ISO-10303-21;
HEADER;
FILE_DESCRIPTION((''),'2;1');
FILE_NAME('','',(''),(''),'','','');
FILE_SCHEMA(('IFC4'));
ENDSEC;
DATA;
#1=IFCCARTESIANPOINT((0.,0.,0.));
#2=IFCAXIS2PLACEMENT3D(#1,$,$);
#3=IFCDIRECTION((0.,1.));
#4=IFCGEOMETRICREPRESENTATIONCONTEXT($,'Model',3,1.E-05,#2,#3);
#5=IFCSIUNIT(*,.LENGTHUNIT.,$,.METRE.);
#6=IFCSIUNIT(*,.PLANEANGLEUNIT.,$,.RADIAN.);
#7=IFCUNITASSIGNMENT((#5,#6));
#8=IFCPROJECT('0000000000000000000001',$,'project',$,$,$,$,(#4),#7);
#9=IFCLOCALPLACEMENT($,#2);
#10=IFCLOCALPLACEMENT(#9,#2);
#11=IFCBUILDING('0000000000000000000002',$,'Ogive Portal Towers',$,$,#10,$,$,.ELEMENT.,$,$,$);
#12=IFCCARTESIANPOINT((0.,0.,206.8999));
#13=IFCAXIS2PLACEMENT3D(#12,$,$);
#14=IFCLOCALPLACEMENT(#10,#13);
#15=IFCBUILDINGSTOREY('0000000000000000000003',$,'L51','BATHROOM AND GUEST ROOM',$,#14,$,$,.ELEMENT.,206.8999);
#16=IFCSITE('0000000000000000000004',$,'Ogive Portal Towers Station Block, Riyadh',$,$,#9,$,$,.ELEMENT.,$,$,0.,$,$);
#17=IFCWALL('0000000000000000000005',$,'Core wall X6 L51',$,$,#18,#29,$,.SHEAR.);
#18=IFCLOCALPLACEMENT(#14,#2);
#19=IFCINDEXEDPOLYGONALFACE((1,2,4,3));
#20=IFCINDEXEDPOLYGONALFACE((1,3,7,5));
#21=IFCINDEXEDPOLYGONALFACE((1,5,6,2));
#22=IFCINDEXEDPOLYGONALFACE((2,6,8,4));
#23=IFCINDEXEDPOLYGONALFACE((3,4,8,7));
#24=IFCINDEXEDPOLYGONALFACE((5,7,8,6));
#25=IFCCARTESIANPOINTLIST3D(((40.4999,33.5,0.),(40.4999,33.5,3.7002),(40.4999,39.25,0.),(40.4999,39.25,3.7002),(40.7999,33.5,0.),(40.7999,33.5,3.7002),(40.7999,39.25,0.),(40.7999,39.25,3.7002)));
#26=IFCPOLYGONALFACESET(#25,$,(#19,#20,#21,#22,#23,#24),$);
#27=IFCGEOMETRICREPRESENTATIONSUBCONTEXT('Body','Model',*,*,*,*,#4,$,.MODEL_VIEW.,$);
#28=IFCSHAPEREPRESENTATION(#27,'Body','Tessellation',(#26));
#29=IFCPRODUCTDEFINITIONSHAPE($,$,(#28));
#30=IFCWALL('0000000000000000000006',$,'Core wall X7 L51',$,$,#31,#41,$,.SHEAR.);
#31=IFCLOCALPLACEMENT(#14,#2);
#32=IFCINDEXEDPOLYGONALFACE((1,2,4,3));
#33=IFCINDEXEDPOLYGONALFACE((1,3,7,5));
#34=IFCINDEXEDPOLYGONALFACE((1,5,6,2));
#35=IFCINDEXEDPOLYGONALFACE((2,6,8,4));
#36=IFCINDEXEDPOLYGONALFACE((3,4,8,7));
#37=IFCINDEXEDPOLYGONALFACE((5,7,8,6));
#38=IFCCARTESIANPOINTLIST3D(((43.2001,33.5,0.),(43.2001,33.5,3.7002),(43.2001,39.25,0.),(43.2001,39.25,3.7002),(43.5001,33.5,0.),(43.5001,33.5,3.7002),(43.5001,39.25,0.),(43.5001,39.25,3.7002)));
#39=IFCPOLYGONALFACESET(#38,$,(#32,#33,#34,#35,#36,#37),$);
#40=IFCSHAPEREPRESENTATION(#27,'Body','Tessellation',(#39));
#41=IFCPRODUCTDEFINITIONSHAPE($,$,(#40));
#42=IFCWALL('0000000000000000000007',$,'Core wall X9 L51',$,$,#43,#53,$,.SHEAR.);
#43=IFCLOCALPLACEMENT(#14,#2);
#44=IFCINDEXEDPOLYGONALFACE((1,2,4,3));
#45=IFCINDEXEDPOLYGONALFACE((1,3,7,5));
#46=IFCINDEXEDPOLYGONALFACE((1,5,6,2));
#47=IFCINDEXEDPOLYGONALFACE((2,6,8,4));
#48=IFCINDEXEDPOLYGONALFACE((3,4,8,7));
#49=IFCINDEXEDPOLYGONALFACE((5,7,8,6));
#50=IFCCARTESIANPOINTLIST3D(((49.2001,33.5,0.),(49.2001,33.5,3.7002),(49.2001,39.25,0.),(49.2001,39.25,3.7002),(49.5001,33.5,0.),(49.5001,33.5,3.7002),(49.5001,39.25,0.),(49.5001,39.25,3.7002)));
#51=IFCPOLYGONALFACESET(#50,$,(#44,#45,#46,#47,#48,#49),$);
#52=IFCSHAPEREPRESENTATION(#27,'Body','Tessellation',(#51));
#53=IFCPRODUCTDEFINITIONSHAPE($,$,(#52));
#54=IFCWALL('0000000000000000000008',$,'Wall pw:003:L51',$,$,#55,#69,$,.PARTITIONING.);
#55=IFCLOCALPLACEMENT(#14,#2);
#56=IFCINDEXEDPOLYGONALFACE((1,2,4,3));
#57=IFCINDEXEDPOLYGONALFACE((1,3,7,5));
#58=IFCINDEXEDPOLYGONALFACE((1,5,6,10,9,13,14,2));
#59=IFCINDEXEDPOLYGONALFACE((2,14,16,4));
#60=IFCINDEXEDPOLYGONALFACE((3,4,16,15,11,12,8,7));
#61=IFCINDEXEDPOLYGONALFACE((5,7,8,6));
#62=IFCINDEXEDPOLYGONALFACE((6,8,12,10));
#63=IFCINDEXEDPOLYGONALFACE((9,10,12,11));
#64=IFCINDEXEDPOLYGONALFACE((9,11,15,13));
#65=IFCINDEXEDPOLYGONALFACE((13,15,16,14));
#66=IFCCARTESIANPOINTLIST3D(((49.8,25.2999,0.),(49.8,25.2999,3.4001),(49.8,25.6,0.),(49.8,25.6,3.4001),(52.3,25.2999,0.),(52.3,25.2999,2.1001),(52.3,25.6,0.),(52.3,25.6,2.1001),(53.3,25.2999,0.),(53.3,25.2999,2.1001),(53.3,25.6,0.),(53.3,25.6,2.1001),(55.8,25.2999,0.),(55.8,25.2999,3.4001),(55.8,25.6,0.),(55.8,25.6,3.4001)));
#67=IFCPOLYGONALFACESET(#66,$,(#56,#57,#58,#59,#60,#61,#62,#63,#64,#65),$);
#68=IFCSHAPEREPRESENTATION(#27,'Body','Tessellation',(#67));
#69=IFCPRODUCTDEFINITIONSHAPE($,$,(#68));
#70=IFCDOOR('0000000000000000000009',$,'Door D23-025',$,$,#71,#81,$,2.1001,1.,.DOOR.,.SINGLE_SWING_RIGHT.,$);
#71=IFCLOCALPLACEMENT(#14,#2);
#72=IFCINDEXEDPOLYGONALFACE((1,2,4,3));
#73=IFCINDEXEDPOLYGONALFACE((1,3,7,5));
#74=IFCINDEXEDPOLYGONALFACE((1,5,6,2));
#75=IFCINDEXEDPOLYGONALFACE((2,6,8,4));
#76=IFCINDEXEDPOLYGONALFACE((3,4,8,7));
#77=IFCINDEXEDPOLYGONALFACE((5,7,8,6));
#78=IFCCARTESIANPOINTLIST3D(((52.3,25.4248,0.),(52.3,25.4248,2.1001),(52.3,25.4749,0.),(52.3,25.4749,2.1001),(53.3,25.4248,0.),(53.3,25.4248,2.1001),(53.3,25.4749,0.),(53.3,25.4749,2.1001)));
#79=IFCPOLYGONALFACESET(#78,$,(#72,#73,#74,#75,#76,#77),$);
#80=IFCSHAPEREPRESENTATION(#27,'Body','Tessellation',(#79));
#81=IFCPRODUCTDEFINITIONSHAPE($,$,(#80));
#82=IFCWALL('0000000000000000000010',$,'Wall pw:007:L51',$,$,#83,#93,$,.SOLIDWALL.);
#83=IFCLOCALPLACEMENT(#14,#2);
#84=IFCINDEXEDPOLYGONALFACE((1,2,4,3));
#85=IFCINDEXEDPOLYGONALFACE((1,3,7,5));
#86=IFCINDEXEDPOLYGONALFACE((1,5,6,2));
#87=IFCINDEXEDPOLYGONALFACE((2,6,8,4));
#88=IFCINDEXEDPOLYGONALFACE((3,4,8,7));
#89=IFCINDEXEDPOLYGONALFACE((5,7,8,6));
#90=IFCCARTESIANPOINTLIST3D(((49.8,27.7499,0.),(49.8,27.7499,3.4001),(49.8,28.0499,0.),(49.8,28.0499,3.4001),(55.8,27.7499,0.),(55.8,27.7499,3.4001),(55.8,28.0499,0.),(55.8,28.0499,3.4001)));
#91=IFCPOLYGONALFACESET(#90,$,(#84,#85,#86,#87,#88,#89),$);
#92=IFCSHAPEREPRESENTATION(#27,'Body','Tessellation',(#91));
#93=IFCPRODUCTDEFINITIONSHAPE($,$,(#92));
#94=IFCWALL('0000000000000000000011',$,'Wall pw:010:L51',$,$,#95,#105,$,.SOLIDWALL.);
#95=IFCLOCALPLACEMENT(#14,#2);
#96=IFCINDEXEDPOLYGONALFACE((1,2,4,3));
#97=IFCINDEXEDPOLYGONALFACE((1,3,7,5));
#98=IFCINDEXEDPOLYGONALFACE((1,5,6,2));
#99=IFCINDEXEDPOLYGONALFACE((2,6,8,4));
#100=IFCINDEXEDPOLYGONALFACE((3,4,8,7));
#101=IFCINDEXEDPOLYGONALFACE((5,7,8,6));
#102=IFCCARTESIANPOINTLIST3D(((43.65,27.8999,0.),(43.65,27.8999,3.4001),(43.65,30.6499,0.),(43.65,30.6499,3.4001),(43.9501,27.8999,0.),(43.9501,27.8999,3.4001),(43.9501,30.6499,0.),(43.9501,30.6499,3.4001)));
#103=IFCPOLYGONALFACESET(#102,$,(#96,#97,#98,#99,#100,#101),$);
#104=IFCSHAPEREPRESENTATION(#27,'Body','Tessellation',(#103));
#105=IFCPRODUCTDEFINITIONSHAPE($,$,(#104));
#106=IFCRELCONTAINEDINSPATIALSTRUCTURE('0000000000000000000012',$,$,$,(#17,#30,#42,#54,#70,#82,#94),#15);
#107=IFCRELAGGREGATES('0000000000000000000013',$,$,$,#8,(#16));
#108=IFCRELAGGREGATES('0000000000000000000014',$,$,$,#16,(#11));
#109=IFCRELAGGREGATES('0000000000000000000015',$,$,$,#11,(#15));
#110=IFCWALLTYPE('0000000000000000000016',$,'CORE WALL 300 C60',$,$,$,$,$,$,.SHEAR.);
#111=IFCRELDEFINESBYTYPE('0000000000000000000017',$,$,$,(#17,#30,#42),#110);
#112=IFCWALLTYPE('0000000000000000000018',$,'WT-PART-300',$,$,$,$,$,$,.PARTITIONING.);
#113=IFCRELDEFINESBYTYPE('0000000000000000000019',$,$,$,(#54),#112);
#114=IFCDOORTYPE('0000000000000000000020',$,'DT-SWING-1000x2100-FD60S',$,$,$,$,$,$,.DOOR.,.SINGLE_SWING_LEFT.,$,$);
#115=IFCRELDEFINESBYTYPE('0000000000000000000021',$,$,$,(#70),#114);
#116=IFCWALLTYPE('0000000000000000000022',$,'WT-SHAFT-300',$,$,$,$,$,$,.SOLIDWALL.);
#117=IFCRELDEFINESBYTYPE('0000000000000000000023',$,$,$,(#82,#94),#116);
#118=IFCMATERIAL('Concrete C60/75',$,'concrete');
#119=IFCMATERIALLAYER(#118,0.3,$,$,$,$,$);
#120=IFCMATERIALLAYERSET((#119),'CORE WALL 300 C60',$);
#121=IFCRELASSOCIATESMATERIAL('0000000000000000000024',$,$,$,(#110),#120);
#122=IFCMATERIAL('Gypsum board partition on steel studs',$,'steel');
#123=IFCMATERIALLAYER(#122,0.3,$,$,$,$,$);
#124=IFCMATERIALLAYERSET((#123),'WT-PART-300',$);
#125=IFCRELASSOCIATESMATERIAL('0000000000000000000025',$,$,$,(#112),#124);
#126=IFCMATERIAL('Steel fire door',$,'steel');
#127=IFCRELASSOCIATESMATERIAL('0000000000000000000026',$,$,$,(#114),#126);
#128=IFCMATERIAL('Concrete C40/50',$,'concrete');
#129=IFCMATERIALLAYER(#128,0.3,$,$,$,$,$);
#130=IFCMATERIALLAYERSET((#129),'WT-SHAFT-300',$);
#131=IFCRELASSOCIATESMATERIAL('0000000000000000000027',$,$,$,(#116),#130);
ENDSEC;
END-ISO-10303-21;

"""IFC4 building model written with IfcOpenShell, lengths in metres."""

from ifc_helpers import new_model, si_unit, direction, frame, frame_2d, origin, place, context, subcontext, project, spatial, rectangle, extrude, material, layer, layer_set, type_object, element, fill, save


model = new_model("IFC4")

# Units and contexts
model_context = context("Model", 3, precision=1e-05, world=origin(), true_north=direction((0.0, 1.0)))
body_context = subcontext(model_context, "Body", "Model", "MODEL_VIEW")
ifc_project = project(units=[si_unit("LENGTHUNIT", "METRE"), si_unit("PLANEANGLEUNIT", "RADIAN")], contexts=[model_context])

# Site, building, storey
site_placement = place(None, origin())
site = spatial("IfcSite", under=ifc_project, at=site_placement, Name="Ogive Portal Towers Station Block, Riyadh", CompositionType="ELEMENT", RefElevation=0.0)
building_placement = place(site_placement, origin())
building = spatial("IfcBuilding", under=site, at=building_placement, Name="Ogive Portal Towers", CompositionType="ELEMENT")
storey_placement = place(building_placement, frame((0.0, 0.0, 206.8999)))
storey = spatial("IfcBuildingStorey", under=building, at=storey_placement, Name="L51", Description="BATHROOM AND GUEST ROOM", CompositionType="ELEMENT", Elevation=206.8999)

# Walls
ifc_material_1 = material(Name="Concrete C60/75", Category="concrete")
ifc_layer_1 = layer(ifc_material_1, 0.3)
ifc_layer_set_1 = layer_set([ifc_layer_1], Name="CORE WALL 300 C60")
wall_type_1 = type_object("IfcWallType", Name="CORE WALL 300 C60", PredefinedType="SHEAR", material=ifc_layer_set_1)
for number, where, z_axis, x_axis, name in (
    (1, (40.6499, 33.5, 0.0), (0.0, 0.0, 1.0), (0.0, 1.0, 0.0), "Core wall X6 L51"),
    (2, (43.3501, 33.5, 0.0), (0.0, 0.0, 1.0), (0.0, 1.0, 0.0), "Core wall X7 L51"),
    (3, (49.3501, 33.5, 0.0), (0.0, 0.0, 1.0), (0.0, 1.0, 0.0), "Core wall X9 L51"),
):
    element("IfcWall", number, at=place(storey_placement, frame(where, z_axis=z_axis, x_axis=x_axis)), inside=storey, type_object=wall_type_1, Name=name, PredefinedType="SHEAR", context=body_context, shape_type="SweptSolid", body=[
        extrude(rectangle(XDim=5.75, YDim=0.3, at=frame_2d((2.875, 0.0))), origin(), (0.0, 0.0, 1.0), 3.7002),
    ])

# Wall, opening, door
ifc_material_2 = material(Name="Gypsum board partition on steel studs", Category="steel")
ifc_layer_2 = layer(ifc_material_2, 0.3)
ifc_layer_set_2 = layer_set([ifc_layer_2], Name="WT-PART-300")
wall_type_2 = type_object("IfcWallType", Name="WT-PART-300", PredefinedType="PARTITIONING", material=ifc_layer_set_2)
wall_1_placement = place(storey_placement, frame((49.8, 25.45, 0.0), z_axis=(0.0, 0.0, 1.0), x_axis=(1.0, 0.0, 0.0)))
wall_1 = element("IfcWall", 4, at=wall_1_placement, inside=storey, type_object=wall_type_2, Name="Wall pw:003:L51", PredefinedType="PARTITIONING", context=body_context, shape_type="SweptSolid", body=[
    extrude(rectangle(XDim=6.0, YDim=0.3, at=frame_2d((3.0, 0.0))), origin(), (0.0, 0.0, 1.0), 3.4001),
])
opening_1_placement = place(wall_1_placement, frame((2.5, 0.0, 0.0)))
opening_1 = element("IfcOpeningElement", 5, at=opening_1_placement, cuts=wall_1, PredefinedType="OPENING", context=body_context, shape_type="SweptSolid", body=[
    extrude(rectangle(XDim=1.0, YDim=2.1001, at=frame_2d((0.5, 1.05))), frame((0.0, 0.1602, 0.0), z_axis=(0.0, -1.0, 0.0), x_axis=(1.0, 0.0, 0.0)), (0.0, 0.0, 1.0), 0.3201),
])
ifc_material_3 = material(Name="Steel fire door", Category="steel")
door_type_1 = type_object("IfcDoorType", Name="DT-SWING-1000x2100-FD60S", OperationType="SINGLE_SWING_LEFT", PredefinedType="DOOR", material=ifc_material_3)
door_1_placement = place(opening_1_placement, origin())
door_1 = element("IfcDoor", 6, at=door_1_placement, inside=storey, type_object=door_type_1, Name="Door D23-025", OperationType="SINGLE_SWING_RIGHT", OverallHeight=2.1001, OverallWidth=1.0, PredefinedType="DOOR", context=body_context, shape_type="SweptSolid", body=[
    extrude(rectangle(XDim=1.0, YDim=2.1001, at=frame_2d((0.5, 1.05))), frame((0.0, 0.0249, 0.0), z_axis=(0.0, -1.0, 0.0), x_axis=(1.0, 0.0, 0.0)), (0.0, 0.0, 1.0), 0.05),
])
fill(opening_1, door_1)

# Shared definitions
ifc_material_4 = material(Name="Concrete C40/50", Category="concrete")
ifc_layer_3 = layer(ifc_material_4, 0.3)
ifc_layer_set_3 = layer_set([ifc_layer_3], Name="WT-SHAFT-300")
wall_type_3 = type_object("IfcWallType", Name="WT-SHAFT-300", PredefinedType="SOLIDWALL", material=ifc_layer_set_3)

# Walls
wall_2_placement = place(storey_placement, frame((49.8, 27.8999, 0.0), z_axis=(0.0, 0.0, 1.0), x_axis=(1.0, 0.0, 0.0)))
element("IfcWall", 7, at=wall_2_placement, inside=storey, type_object=wall_type_3, Name="Wall pw:007:L51", PredefinedType="SOLIDWALL", context=body_context, shape_type="SweptSolid", body=[
    extrude(rectangle(XDim=6.0, YDim=0.3, at=frame_2d((3.0, 0.0))), origin(), (0.0, 0.0, 1.0), 3.4001),
])
wall_3_placement = place(storey_placement, frame((43.8, 27.8999, 0.0), z_axis=(0.0, 0.0, 1.0), x_axis=(0.0, 1.0, 0.0)))
element("IfcWall", 8, at=wall_3_placement, inside=storey, type_object=wall_type_3, Name="Wall pw:010:L51", PredefinedType="SOLIDWALL", context=body_context, shape_type="SweptSolid", body=[
    extrude(rectangle(XDim=2.75, YDim=0.3, at=frame_2d((1.375, 0.0))), origin(), (0.0, 0.0, 1.0), 3.4001),
])

save(model, "model.ifc")
